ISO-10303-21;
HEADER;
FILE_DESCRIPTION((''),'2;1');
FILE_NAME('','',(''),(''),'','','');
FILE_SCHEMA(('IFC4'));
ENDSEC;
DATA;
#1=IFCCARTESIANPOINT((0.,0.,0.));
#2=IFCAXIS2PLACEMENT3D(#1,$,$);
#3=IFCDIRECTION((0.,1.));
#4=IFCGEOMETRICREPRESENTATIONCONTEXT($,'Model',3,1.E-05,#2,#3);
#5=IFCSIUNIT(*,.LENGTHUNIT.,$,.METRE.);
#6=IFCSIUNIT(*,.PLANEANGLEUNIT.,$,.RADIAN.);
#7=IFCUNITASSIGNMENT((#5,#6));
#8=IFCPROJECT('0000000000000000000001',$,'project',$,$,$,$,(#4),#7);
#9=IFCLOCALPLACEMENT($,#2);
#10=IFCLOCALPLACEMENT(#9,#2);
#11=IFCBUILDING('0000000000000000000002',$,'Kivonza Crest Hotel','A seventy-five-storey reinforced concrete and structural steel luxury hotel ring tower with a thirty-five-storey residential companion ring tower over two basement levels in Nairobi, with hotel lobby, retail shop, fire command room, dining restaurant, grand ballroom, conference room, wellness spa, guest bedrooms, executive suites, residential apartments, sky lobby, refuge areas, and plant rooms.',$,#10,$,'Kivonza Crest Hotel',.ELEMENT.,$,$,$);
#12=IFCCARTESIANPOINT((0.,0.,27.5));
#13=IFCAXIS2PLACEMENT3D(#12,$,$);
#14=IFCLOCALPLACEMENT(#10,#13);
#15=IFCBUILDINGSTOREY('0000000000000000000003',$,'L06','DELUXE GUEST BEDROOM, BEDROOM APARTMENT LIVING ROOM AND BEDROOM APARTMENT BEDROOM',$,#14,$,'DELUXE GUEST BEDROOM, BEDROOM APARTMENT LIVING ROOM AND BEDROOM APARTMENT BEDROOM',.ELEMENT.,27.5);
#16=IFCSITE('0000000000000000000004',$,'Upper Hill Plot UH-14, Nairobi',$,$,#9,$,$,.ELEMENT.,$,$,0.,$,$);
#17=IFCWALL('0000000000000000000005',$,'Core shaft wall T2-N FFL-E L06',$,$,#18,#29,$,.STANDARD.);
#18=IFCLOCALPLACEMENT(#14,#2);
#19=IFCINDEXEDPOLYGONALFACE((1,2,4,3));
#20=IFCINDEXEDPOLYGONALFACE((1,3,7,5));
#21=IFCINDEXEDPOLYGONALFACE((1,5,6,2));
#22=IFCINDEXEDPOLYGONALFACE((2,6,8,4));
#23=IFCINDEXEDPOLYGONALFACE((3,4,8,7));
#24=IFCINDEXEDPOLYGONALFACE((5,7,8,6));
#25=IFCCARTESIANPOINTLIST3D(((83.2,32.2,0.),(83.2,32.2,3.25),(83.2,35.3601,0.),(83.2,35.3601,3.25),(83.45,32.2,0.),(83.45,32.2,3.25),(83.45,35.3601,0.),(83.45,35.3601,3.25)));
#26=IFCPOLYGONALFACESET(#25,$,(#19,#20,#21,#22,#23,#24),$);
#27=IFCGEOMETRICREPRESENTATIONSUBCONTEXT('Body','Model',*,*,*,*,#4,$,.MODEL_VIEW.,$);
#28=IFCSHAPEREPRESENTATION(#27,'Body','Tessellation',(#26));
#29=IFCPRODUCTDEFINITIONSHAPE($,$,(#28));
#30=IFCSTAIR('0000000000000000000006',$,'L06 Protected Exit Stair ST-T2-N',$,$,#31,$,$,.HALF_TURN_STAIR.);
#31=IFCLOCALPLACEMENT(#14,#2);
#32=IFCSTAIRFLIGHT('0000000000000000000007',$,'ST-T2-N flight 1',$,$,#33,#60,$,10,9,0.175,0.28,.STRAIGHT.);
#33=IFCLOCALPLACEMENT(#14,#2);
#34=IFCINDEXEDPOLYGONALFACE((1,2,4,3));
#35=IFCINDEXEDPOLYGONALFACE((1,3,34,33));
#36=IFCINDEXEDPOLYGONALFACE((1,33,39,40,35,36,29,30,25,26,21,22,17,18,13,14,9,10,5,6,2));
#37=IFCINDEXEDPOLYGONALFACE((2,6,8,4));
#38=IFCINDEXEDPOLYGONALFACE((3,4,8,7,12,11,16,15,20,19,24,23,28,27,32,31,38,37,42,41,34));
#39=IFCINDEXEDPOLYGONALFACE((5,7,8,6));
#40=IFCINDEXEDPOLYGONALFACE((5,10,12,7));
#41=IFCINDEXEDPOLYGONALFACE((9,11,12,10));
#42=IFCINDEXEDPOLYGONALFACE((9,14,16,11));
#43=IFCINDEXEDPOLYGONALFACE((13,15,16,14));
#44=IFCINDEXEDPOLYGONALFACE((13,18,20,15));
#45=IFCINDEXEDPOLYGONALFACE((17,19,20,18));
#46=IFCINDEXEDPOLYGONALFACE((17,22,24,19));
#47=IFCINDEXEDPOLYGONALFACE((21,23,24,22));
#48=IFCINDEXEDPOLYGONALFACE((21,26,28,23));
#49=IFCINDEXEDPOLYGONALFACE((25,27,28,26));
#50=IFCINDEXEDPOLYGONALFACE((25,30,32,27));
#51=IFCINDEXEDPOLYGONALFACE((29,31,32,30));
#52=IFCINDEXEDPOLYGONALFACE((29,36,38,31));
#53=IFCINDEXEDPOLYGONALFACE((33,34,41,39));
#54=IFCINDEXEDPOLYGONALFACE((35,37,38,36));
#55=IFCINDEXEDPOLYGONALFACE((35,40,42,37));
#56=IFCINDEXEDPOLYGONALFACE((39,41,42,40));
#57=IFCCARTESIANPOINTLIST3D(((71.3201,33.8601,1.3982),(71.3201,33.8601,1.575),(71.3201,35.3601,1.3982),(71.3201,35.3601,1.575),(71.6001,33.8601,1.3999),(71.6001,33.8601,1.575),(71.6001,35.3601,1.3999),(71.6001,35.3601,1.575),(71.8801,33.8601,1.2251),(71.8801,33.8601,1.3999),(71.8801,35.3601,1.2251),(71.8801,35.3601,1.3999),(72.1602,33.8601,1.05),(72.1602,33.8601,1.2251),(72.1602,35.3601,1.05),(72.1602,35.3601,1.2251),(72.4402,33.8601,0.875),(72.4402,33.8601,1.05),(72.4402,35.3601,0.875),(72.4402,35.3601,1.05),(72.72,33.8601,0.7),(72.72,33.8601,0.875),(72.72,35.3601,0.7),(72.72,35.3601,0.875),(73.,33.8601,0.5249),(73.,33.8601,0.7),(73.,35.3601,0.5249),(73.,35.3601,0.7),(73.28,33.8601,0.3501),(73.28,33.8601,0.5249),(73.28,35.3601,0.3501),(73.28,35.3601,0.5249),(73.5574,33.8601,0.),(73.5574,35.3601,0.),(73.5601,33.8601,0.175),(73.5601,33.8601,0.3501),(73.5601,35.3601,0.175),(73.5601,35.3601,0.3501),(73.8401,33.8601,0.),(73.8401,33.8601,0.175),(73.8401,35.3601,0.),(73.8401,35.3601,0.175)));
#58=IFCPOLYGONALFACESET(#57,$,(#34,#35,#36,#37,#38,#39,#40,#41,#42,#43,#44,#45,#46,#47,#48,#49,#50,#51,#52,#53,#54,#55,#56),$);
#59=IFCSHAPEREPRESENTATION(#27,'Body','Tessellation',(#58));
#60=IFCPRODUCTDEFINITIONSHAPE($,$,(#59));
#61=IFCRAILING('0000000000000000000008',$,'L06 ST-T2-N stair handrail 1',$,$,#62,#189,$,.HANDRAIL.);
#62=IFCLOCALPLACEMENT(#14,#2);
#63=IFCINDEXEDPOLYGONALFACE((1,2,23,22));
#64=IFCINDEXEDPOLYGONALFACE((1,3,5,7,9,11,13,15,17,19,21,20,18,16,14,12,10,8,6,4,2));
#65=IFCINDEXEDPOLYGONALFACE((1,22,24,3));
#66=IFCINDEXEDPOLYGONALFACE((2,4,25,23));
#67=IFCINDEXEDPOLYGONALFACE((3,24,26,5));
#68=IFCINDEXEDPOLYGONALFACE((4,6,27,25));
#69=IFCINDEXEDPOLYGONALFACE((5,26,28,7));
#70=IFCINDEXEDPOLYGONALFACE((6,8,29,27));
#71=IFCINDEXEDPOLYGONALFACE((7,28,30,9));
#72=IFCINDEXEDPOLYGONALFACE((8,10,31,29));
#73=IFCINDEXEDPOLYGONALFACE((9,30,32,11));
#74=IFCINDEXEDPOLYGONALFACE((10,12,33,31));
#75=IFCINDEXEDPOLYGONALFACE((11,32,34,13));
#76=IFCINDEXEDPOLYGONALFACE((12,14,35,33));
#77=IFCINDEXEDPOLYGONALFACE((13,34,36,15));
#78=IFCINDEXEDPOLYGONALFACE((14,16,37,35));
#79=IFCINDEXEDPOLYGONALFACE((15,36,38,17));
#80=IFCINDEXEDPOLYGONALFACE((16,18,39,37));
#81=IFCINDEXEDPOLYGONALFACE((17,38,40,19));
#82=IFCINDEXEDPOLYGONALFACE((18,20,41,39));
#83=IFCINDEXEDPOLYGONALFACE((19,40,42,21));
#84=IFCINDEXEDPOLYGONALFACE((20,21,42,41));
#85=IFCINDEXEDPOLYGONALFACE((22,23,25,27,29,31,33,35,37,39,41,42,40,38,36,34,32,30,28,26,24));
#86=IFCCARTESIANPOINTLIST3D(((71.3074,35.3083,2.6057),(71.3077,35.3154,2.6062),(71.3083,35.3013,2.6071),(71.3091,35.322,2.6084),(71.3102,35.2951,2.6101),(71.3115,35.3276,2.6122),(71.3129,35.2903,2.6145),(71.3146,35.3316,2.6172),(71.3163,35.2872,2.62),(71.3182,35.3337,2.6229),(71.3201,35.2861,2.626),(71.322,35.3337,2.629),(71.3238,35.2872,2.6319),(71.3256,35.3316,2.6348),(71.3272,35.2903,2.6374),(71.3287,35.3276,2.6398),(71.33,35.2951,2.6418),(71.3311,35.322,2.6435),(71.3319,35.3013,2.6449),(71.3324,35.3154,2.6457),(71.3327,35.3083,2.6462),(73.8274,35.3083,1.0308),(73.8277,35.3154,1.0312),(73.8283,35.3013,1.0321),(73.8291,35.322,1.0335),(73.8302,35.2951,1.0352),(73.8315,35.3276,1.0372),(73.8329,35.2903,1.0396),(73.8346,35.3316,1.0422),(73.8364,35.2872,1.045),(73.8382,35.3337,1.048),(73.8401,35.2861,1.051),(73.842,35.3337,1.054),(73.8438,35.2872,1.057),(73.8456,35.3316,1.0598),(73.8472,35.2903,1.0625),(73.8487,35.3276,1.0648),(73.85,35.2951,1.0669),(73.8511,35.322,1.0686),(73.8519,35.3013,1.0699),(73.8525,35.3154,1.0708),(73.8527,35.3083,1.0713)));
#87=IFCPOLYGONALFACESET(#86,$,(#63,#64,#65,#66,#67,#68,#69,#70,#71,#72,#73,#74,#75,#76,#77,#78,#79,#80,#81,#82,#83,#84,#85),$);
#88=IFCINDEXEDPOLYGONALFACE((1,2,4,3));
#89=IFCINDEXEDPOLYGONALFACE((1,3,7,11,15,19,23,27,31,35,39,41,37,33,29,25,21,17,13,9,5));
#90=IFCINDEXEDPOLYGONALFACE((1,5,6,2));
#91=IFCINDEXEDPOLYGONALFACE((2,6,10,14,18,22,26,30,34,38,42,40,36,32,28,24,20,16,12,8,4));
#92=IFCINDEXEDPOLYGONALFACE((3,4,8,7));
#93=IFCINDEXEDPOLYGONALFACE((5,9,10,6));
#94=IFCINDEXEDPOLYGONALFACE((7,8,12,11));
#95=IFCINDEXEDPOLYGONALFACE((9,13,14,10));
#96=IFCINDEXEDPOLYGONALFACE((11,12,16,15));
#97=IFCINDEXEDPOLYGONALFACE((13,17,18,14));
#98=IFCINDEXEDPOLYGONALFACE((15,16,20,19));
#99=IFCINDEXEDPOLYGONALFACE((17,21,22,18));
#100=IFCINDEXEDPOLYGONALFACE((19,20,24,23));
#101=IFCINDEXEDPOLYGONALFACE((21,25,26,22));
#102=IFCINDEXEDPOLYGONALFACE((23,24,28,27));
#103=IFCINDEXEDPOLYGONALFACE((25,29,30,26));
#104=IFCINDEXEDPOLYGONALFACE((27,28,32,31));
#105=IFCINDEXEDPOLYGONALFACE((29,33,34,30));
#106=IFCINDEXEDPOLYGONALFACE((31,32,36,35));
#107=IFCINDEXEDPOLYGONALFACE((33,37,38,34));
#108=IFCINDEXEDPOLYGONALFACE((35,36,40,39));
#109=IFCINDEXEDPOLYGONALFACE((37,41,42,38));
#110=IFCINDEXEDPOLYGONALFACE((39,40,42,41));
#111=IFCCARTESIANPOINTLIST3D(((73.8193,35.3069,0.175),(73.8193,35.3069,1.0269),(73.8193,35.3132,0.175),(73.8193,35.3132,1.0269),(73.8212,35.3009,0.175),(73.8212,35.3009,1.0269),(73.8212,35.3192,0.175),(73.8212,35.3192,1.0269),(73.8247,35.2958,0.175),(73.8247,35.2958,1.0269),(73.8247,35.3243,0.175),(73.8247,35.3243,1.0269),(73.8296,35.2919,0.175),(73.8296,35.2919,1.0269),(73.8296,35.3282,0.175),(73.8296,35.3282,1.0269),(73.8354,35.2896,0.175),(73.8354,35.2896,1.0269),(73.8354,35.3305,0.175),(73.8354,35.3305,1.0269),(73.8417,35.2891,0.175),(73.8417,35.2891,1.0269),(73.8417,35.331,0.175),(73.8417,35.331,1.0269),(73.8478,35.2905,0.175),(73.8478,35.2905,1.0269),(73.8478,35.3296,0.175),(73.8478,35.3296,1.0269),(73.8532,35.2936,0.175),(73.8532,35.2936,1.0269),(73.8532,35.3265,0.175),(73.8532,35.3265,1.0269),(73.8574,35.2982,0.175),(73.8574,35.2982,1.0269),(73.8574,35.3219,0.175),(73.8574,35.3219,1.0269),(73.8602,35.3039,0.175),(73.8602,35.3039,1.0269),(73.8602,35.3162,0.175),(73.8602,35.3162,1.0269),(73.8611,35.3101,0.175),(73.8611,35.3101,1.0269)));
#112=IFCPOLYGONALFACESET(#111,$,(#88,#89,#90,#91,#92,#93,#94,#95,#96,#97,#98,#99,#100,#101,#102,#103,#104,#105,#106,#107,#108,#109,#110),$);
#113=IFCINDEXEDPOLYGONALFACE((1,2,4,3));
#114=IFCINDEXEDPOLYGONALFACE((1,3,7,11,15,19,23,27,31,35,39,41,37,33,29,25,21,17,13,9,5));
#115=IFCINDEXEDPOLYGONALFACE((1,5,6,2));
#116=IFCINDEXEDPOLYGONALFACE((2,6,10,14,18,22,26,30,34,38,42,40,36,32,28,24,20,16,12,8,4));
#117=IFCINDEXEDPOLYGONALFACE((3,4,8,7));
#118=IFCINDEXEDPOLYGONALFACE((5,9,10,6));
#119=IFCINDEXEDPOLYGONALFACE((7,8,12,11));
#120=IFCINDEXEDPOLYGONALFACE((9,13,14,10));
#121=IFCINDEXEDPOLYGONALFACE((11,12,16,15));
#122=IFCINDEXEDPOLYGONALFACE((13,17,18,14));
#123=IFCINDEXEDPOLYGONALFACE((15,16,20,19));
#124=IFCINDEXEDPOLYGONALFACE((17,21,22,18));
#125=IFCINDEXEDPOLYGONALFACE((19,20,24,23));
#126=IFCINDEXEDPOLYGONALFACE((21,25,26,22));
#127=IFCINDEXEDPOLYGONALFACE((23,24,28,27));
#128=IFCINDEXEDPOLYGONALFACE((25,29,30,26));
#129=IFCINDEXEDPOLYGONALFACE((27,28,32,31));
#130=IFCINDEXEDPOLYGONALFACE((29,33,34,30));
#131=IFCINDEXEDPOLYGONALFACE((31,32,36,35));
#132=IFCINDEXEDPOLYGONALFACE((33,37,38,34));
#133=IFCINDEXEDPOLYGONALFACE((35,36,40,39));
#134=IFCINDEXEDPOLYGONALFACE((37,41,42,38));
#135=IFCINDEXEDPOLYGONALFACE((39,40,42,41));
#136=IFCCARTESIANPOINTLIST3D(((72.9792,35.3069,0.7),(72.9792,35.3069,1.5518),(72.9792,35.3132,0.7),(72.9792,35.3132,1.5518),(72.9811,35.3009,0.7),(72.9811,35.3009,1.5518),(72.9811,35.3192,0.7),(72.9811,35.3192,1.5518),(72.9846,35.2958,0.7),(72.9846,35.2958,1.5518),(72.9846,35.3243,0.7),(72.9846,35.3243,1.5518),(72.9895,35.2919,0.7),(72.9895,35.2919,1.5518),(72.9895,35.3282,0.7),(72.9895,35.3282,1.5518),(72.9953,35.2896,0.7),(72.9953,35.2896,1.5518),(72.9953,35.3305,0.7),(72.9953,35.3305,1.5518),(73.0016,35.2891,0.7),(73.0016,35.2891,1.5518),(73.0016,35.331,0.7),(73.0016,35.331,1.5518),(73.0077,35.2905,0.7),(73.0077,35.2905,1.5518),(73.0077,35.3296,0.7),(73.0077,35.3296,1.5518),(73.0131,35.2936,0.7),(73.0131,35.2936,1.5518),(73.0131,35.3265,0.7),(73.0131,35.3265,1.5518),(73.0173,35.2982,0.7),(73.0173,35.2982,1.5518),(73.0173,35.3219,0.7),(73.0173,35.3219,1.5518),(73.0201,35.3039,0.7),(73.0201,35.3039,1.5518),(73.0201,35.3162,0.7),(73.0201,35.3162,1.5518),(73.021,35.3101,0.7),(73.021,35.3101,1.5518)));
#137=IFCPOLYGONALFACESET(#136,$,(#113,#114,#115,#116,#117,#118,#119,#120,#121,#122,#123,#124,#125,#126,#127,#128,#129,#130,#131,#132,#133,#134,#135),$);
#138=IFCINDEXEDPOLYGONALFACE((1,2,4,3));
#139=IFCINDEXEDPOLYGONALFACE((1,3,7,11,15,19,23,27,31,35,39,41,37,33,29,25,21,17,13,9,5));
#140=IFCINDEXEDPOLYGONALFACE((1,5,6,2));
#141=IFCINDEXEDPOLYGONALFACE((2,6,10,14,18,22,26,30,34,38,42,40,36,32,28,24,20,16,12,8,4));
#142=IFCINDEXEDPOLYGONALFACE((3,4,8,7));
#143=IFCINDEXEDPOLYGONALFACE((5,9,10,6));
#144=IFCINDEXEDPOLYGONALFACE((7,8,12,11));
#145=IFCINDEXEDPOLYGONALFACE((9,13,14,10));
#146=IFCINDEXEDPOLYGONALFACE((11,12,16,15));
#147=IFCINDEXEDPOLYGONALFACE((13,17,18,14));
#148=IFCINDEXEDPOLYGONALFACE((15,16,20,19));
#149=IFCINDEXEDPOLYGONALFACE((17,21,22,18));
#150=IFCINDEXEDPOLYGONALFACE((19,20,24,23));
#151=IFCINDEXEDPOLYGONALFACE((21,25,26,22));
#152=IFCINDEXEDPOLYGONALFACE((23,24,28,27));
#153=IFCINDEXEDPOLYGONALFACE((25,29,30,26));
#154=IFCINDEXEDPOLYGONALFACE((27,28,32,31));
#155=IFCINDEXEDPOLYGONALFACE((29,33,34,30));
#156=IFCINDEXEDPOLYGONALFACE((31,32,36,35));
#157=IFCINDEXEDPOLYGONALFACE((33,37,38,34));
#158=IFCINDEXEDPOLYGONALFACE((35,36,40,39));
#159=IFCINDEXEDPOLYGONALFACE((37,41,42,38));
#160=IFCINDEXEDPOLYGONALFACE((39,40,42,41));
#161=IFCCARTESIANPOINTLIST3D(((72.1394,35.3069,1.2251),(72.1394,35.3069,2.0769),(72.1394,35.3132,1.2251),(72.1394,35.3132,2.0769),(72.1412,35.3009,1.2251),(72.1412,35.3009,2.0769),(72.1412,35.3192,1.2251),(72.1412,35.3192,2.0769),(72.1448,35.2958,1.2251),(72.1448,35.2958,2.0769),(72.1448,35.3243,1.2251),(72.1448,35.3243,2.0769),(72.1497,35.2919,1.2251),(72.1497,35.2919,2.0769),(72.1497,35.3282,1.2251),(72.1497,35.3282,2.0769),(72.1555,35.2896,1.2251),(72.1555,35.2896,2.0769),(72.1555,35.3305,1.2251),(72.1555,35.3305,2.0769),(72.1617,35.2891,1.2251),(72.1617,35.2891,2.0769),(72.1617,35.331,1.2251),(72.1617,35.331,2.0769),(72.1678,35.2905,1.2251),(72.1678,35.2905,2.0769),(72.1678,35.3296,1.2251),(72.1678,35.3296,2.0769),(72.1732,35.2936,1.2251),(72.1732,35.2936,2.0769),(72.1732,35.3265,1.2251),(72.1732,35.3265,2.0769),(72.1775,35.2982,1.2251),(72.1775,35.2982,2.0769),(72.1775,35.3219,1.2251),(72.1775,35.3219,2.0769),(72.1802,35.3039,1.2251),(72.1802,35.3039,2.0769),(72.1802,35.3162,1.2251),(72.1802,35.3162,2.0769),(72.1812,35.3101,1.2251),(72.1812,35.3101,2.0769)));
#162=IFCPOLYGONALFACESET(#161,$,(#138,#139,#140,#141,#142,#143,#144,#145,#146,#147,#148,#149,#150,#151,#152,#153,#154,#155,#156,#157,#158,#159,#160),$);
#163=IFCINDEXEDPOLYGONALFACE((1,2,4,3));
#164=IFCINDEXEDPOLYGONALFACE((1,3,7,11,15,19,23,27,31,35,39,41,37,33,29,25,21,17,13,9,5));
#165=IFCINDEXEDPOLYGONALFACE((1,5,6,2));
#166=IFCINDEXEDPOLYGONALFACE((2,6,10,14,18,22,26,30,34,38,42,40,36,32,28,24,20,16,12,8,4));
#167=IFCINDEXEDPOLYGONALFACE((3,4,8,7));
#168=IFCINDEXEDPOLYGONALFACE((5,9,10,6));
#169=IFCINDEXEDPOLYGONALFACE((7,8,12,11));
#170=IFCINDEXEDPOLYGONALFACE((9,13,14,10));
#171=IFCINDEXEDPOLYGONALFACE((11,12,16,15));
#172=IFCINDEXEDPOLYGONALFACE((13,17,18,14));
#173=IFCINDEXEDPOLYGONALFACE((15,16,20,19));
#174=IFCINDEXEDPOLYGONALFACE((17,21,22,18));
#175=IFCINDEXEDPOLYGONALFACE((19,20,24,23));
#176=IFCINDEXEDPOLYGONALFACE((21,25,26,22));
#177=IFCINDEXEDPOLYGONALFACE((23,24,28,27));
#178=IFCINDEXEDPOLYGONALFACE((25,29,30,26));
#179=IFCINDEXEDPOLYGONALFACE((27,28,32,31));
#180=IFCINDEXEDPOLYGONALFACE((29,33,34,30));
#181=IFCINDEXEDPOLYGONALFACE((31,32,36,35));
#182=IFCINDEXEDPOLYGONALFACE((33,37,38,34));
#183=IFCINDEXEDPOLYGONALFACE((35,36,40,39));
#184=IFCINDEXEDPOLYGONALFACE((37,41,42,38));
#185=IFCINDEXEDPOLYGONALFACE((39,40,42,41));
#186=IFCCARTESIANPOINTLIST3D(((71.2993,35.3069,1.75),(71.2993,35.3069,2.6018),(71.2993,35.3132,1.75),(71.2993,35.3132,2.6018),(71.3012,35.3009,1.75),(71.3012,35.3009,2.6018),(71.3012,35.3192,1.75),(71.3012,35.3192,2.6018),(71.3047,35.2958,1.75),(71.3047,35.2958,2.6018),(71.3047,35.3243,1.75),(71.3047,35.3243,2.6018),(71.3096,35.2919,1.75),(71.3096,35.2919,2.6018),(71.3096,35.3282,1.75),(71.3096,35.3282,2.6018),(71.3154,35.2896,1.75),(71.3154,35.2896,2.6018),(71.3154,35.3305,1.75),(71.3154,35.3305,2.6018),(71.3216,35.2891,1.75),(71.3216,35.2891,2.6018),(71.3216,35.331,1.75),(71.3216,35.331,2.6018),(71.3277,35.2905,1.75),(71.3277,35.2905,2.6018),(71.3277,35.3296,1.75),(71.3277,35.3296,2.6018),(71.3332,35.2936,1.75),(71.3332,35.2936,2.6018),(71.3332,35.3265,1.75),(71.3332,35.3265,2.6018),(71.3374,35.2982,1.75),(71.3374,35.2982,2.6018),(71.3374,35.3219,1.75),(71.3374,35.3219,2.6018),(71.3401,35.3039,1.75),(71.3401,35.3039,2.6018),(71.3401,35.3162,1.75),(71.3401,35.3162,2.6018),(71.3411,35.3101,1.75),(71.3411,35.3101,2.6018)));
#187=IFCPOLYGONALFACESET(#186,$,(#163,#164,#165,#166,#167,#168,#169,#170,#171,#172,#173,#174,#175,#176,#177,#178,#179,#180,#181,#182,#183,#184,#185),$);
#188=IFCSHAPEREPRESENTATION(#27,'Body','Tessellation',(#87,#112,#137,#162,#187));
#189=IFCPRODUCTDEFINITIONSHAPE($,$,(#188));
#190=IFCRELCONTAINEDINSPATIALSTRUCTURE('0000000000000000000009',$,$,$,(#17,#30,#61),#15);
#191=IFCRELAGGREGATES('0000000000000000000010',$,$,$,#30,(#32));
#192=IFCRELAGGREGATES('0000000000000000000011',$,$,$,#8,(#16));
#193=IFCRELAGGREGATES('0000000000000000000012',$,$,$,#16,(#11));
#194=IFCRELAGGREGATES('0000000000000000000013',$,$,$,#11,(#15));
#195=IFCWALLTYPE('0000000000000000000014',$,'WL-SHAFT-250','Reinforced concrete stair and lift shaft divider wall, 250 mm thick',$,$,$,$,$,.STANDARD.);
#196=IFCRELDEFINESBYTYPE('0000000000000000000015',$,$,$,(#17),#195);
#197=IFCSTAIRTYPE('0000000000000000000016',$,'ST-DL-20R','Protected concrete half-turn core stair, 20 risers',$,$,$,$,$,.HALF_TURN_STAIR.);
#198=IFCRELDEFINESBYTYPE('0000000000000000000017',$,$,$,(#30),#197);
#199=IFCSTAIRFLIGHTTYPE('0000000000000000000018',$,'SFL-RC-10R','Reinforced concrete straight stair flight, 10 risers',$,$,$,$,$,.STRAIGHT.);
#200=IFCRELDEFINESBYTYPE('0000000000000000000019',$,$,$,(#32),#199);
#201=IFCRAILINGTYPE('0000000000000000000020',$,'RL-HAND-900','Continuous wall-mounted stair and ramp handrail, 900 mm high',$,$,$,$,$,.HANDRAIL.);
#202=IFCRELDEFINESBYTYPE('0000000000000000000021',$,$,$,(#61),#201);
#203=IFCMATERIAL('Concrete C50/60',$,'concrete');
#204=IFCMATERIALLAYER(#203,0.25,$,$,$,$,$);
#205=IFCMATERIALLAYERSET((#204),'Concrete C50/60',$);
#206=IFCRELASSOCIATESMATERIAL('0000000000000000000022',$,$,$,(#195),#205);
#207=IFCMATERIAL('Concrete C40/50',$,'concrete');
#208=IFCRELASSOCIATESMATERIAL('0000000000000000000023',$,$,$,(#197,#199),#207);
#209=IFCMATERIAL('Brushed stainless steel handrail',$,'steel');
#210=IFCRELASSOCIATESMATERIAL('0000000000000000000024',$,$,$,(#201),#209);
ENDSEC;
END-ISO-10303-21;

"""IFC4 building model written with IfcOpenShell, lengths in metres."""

from ifc_helpers import new_model, si_unit, direction, frame, frame_2d, origin, origin_2d, place, context, subcontext, project, spatial, polyline, rectangle, circle, outline, extrude, material, layer, layer_set, type_object, element, aggregate, save


model = new_model("IFC4")

# Units and contexts
model_context = context("Model", 3, precision=1e-05, world=origin(), true_north=direction((0.0, 1.0)))
body_context = subcontext(model_context, "Body", "Model", "MODEL_VIEW")
ifc_project = project(units=[si_unit("LENGTHUNIT", "METRE"), si_unit("PLANEANGLEUNIT", "RADIAN")], contexts=[model_context])

# Site, building, storey
site_placement = place(None, origin())
site = spatial("IfcSite", under=ifc_project, at=site_placement, Name="Upper Hill Plot UH-14, Nairobi", CompositionType="ELEMENT", RefElevation=0.0)
building_placement = place(site_placement, origin())
building = spatial("IfcBuilding", under=site, at=building_placement, Name="Kivonza Crest Hotel", Description="A seventy-five-storey reinforced concrete and structural steel luxury hotel ring tower with a thirty-five-storey residential companion ring tower over two basement levels in Nairobi, with hotel lobby, retail shop, fire command room, dining restaurant, grand ballroom, conference room, wellness spa, guest bedrooms, executive suites, residential apartments, sky lobby, refuge areas, and plant rooms.", LongName="Kivonza Crest Hotel", CompositionType="ELEMENT")
storey_placement = place(building_placement, frame((0.0, 0.0, 27.5)))
storey = spatial("IfcBuildingStorey", under=building, at=storey_placement, Name="L06", Description="DELUXE GUEST BEDROOM, BEDROOM APARTMENT LIVING ROOM AND BEDROOM APARTMENT BEDROOM", LongName="DELUXE GUEST BEDROOM, BEDROOM APARTMENT LIVING ROOM AND BEDROOM APARTMENT BEDROOM", CompositionType="ELEMENT", Elevation=27.5)

# Shared definitions
ifc_material_1 = material(Name="Concrete C50/60", Category="concrete")

# Shared definitions
ifc_layer_1 = layer(ifc_material_1, 0.25)
ifc_layer_set_1 = layer_set([ifc_layer_1], Name="Concrete C50/60")
wall_type_1 = type_object("IfcWallType", Name="WL-SHAFT-250", Description="Reinforced concrete stair and lift shaft divider wall, 250 mm thick", PredefinedType="STANDARD", material=ifc_layer_set_1)

# Wall
wall_1_placement = place(storey_placement, frame((83.325, 32.2, 0.0), z_axis=(0.0, 0.0, 1.0), x_axis=(0.0, 1.0, 0.0)))
element("IfcWall", 1, at=wall_1_placement, inside=storey, type_object=wall_type_1, Name="Core shaft wall T2-N FFL-E L06", PredefinedType="STANDARD", context=body_context, shape_type="SweptSolid", body=[
    extrude(rectangle(XDim=3.1602, YDim=0.25, at=frame_2d((1.5801, 0.0))), origin(), (0.0, 0.0, 1.0), 3.25),
])

# Stair, stair flight
ifc_material_2 = material(Name="Concrete C40/50", Category="concrete")
stair_type = type_object("IfcStairType", Name="ST-DL-20R", Description="Protected concrete half-turn core stair, 20 risers", PredefinedType="HALF_TURN_STAIR", material=ifc_material_2)
stair_placement = place(storey_placement, origin())
stair = element("IfcStair", 2, at=stair_placement, inside=storey, type_object=stair_type, Name="L06 Protected Exit Stair ST-T2-N", PredefinedType="HALF_TURN_STAIR")
stair_flight_type = type_object("IfcStairFlightType", Name="SFL-RC-10R", Description="Reinforced concrete straight stair flight, 10 risers", PredefinedType="STRAIGHT", material=ifc_material_2)
stair_flight_placement = place(storey_placement, frame((73.8401, 34.6101, 0.0), z_axis=(0.0, 0.0, 1.0), x_axis=(-1.0, 0.0, 0.0)))
stair_flight = element("IfcStairFlight", 3, at=stair_flight_placement, type_object=stair_flight_type, Name="ST-T2-N flight 1", NumberOfRisers=10, NumberOfTreads=9, PredefinedType="STRAIGHT", RiserHeight=0.175, TreadLength=0.28, context=body_context, shape_type="SweptSolid", body=[
    extrude(outline(polyline([(0.0, 0.0), (0.0, 0.175), (0.28, 0.175), (0.28, 0.3501), (0.5601, 0.3501), (0.5601, 0.5249), (0.8401, 0.5249), (0.8401, 0.7), (1.1201, 0.7), (1.1201, 0.875), (1.3999, 0.875), (1.3999, 1.05), (1.6799, 1.05), (1.6799, 1.2251), (1.96, 1.2251), (1.96, 1.3999), (2.24, 1.3999), (2.24, 1.575), (2.52, 1.575), (2.52, 1.75), (2.52, 1.3982), (0.2827, 0.0), (0.0, 0.0)])), frame((0.0, 0.75, 0.0), z_axis=(0.0, -1.0, 0.0), x_axis=(1.0, 0.0, 0.0)), (0.0, 0.0, 1.0), 1.5),
])
aggregate(stair, [stair_flight])

# Railing
ifc_material_3 = material(Name="Brushed stainless steel handrail", Category="steel")
railing_type_1 = type_object("IfcRailingType", Name="RL-HAND-900", Description="Continuous wall-mounted stair and ramp handrail, 900 mm high", PredefinedType="HANDRAIL", material=ifc_material_3)
railing_1_placement = place(storey_placement, frame((73.8401, 35.3101, 0.175)))
element("IfcRailing", 4, at=railing_1_placement, inside=storey, type_object=railing_type_1, Name="L06 ST-T2-N stair handrail 1", PredefinedType="HANDRAIL", context=body_context, shape_type="SweptSolid", body=[
    extrude(circle(Radius=0.0239, at=origin_2d()), frame((0.0, 0.0, 0.876), z_axis=(-0.848008, 0.0, 0.529984), x_axis=(0.0, -1.0, 0.0)), (0.0, 0.0, 1.0), 2.9717),
    extrude(circle(Radius=0.021, at=origin_2d()), origin(), (0.0, 0.0, 1.0), 0.8518),
    extrude(circle(Radius=0.021, at=origin_2d()), frame((-0.8401, 0.0, 0.5249)), (0.0, 0.0, 1.0), 0.8518),
    extrude(circle(Radius=0.021, at=origin_2d()), frame((-1.6799, 0.0, 1.05)), (0.0, 0.0, 1.0), 0.8518),
    extrude(circle(Radius=0.021, at=origin_2d()), frame((-2.52, 0.0, 1.575)), (0.0, 0.0, 1.0), 0.8518),
])

save(model, "model.ifc")
